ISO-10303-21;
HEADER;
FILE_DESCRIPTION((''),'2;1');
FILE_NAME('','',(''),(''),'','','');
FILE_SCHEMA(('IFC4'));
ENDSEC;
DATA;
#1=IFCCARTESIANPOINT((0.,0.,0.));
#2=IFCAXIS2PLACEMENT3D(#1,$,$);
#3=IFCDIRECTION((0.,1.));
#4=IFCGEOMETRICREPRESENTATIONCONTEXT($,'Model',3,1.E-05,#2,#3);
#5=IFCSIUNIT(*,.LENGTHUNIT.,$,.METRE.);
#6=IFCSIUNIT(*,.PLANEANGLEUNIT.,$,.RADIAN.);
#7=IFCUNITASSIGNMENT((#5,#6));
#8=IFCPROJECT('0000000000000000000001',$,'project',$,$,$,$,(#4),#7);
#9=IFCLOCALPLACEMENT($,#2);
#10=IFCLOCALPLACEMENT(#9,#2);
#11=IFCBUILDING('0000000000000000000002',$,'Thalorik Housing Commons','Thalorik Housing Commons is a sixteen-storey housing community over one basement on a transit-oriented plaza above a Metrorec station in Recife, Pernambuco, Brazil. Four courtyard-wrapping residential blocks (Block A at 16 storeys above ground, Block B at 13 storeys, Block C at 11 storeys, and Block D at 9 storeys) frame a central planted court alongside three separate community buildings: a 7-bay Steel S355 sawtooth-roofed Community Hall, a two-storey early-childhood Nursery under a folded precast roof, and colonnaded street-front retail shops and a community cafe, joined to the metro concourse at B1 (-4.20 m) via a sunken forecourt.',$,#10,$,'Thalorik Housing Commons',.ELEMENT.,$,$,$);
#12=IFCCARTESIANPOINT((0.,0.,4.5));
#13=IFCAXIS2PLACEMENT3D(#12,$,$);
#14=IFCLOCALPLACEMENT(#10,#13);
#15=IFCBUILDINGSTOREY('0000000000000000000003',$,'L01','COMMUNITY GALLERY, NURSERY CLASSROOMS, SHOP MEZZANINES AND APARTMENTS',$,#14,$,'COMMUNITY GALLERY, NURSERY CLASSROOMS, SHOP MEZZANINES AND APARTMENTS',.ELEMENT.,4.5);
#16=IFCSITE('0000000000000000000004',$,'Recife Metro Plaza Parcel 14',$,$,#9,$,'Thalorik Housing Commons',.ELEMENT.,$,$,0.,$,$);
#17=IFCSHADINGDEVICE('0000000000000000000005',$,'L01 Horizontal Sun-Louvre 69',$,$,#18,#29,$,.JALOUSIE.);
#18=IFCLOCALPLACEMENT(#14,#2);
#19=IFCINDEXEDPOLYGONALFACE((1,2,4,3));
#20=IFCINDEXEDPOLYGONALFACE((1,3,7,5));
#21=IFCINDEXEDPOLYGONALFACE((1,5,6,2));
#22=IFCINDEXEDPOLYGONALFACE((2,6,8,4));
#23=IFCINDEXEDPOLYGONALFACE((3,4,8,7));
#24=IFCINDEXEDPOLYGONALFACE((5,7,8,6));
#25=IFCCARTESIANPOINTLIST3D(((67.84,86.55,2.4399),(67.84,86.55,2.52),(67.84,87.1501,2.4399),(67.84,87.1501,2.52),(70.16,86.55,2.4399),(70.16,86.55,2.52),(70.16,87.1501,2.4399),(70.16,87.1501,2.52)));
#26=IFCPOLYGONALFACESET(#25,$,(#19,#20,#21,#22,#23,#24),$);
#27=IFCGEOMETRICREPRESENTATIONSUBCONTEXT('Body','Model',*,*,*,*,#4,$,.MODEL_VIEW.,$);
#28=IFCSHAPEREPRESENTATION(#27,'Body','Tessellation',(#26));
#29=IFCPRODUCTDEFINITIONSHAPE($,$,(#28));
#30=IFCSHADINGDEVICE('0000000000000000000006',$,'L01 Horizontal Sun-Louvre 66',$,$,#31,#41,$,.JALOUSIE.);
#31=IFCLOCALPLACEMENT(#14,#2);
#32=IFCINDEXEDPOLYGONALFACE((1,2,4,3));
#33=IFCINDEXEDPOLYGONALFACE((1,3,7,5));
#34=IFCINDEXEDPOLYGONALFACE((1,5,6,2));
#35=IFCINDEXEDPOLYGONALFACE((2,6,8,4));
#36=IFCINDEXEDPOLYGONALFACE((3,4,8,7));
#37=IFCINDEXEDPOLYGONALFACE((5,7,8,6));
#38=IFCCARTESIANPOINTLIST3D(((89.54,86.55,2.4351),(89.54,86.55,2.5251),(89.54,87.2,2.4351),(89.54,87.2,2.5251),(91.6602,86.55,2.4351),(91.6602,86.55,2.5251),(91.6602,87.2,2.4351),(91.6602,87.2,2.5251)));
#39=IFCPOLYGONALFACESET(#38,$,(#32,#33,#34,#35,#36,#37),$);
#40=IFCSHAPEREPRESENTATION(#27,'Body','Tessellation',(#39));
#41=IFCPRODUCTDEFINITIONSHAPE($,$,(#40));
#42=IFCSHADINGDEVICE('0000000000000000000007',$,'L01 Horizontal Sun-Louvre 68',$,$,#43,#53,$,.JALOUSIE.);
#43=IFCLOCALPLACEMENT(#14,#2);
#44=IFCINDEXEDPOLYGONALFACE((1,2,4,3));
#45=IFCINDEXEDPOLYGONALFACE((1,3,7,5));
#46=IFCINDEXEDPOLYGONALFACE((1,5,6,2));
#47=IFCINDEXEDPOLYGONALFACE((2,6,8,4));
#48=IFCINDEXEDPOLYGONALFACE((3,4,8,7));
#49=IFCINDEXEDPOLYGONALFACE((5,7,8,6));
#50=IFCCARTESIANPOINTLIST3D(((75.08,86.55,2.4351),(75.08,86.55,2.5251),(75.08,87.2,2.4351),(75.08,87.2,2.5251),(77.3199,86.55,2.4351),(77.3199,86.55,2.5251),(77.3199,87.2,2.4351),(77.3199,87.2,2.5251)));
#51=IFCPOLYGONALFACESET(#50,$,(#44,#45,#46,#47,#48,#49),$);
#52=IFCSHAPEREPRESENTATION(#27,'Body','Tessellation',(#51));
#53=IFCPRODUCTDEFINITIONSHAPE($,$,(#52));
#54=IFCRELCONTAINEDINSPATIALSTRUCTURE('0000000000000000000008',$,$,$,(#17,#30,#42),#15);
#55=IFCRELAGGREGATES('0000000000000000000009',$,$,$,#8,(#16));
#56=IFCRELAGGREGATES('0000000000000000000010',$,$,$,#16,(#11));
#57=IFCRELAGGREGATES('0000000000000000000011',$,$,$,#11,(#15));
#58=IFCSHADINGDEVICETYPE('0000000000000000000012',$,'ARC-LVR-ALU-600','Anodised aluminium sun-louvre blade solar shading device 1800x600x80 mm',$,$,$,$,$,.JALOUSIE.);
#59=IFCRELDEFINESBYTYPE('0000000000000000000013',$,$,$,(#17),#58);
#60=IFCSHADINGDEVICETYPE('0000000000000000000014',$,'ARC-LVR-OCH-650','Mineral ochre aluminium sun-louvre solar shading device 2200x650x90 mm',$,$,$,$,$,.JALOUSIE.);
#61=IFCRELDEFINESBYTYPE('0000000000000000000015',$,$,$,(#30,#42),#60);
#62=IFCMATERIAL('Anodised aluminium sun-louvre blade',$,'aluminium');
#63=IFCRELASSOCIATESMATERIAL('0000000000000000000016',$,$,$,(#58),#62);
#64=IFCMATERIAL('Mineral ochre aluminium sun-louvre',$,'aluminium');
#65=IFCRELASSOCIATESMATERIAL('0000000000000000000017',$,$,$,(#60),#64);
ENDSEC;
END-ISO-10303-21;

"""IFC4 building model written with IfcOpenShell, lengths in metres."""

from ifc_helpers import new_model, si_unit, direction, frame, origin, origin_2d, place, context, subcontext, project, spatial, rectangle, extrude, material, type_object, element, save


model = new_model("IFC4")

# Units and contexts
model_context = context("Model", 3, precision=1e-05, world=origin(), true_north=direction((0.0, 1.0)))
body_context = subcontext(model_context, "Body", "Model", "MODEL_VIEW")
ifc_project = project(units=[si_unit("LENGTHUNIT", "METRE"), si_unit("PLANEANGLEUNIT", "RADIAN")], contexts=[model_context])

# Site, building, storey
site_placement = place(None, origin())
site = spatial("IfcSite", under=ifc_project, at=site_placement, Name="Recife Metro Plaza Parcel 14", LongName="Thalorik Housing Commons", CompositionType="ELEMENT", RefElevation=0.0)
building_placement = place(site_placement, origin())
building = spatial("IfcBuilding", under=site, at=building_placement, Name="Thalorik Housing Commons", Description="Thalorik Housing Commons is a sixteen-storey housing community over one basement on a transit-oriented plaza above a Metrorec station in Recife, Pernambuco, Brazil. Four courtyard-wrapping residential blocks (Block A at 16 storeys above ground, Block B at 13 storeys, Block C at 11 storeys, and Block D at 9 storeys) frame a central planted court alongside three separate community buildings: a 7-bay Steel S355 sawtooth-roofed Community Hall, a two-storey early-childhood Nursery under a folded precast roof, and colonnaded street-front retail shops and a community cafe, joined to the metro concourse at B1 (-4.20 m) via a sunken forecourt.", LongName="Thalorik Housing Commons", CompositionType="ELEMENT")
storey_placement = place(building_placement, frame((0.0, 0.0, 4.5)))
storey = spatial("IfcBuildingStorey", under=building, at=storey_placement, Name="L01", Description="COMMUNITY GALLERY, NURSERY CLASSROOMS, SHOP MEZZANINES AND APARTMENTS", LongName="COMMUNITY GALLERY, NURSERY CLASSROOMS, SHOP MEZZANINES AND APARTMENTS", CompositionType="ELEMENT", Elevation=4.5)

# Shading devices
ifc_material_1 = material(Name="Anodised aluminium sun-louvre blade", Category="aluminium")
shading_device_type_1 = type_object("IfcShadingDeviceType", Name="ARC-LVR-ALU-600", Description="Anodised aluminium sun-louvre blade solar shading device 1800x600x80 mm", PredefinedType="JALOUSIE", material=ifc_material_1)
shading_device_1_placement = place(storey_placement, frame((69.0, 86.8501, 2.4399), z_axis=(0.0, 0.0, 1.0), x_axis=(-1.0, 0.0, 0.0)))
element("IfcShadingDevice", 1, at=shading_device_1_placement, inside=storey, type_object=shading_device_type_1, Name="L01 Horizontal Sun-Louvre 69", PredefinedType="JALOUSIE", context=body_context, shape_type="SweptSolid", body=[
    extrude(rectangle(XDim=2.3201, YDim=0.6001, at=origin_2d()), origin(), (0.0, 0.0, 1.0), 0.0801),
])
ifc_material_2 = material(Name="Mineral ochre aluminium sun-louvre", Category="aluminium")
shading_device_type_2 = type_object("IfcShadingDeviceType", Name="ARC-LVR-OCH-650", Description="Mineral ochre aluminium sun-louvre solar shading device 2200x650x90 mm", PredefinedType="JALOUSIE", material=ifc_material_2)
shading_device_2_placement = place(storey_placement, frame((90.6001, 86.875, 2.4351), z_axis=(0.0, 0.0, 1.0), x_axis=(-1.0, 0.0, 0.0)))
element("IfcShadingDevice", 2, at=shading_device_2_placement, inside=storey, type_object=shading_device_type_2, Name="L01 Horizontal Sun-Louvre 66", PredefinedType="JALOUSIE", context=body_context, shape_type="SweptSolid", body=[
    extrude(rectangle(XDim=2.1201, YDim=0.6499, at=origin_2d()), origin(), (0.0, 0.0, 1.0), 0.0901),
])
shading_device_3_placement = place(storey_placement, frame((76.2, 86.875, 2.4351), z_axis=(0.0, 0.0, 1.0), x_axis=(-1.0, 0.0, 0.0)))
element("IfcShadingDevice", 3, at=shading_device_3_placement, inside=storey, type_object=shading_device_type_2, Name="L01 Horizontal Sun-Louvre 68", PredefinedType="JALOUSIE", context=body_context, shape_type="SweptSolid", body=[
    extrude(rectangle(XDim=2.24, YDim=0.6499, at=origin_2d()), origin(), (0.0, 0.0, 1.0), 0.0901),
])

save(model, "model.ifc")
